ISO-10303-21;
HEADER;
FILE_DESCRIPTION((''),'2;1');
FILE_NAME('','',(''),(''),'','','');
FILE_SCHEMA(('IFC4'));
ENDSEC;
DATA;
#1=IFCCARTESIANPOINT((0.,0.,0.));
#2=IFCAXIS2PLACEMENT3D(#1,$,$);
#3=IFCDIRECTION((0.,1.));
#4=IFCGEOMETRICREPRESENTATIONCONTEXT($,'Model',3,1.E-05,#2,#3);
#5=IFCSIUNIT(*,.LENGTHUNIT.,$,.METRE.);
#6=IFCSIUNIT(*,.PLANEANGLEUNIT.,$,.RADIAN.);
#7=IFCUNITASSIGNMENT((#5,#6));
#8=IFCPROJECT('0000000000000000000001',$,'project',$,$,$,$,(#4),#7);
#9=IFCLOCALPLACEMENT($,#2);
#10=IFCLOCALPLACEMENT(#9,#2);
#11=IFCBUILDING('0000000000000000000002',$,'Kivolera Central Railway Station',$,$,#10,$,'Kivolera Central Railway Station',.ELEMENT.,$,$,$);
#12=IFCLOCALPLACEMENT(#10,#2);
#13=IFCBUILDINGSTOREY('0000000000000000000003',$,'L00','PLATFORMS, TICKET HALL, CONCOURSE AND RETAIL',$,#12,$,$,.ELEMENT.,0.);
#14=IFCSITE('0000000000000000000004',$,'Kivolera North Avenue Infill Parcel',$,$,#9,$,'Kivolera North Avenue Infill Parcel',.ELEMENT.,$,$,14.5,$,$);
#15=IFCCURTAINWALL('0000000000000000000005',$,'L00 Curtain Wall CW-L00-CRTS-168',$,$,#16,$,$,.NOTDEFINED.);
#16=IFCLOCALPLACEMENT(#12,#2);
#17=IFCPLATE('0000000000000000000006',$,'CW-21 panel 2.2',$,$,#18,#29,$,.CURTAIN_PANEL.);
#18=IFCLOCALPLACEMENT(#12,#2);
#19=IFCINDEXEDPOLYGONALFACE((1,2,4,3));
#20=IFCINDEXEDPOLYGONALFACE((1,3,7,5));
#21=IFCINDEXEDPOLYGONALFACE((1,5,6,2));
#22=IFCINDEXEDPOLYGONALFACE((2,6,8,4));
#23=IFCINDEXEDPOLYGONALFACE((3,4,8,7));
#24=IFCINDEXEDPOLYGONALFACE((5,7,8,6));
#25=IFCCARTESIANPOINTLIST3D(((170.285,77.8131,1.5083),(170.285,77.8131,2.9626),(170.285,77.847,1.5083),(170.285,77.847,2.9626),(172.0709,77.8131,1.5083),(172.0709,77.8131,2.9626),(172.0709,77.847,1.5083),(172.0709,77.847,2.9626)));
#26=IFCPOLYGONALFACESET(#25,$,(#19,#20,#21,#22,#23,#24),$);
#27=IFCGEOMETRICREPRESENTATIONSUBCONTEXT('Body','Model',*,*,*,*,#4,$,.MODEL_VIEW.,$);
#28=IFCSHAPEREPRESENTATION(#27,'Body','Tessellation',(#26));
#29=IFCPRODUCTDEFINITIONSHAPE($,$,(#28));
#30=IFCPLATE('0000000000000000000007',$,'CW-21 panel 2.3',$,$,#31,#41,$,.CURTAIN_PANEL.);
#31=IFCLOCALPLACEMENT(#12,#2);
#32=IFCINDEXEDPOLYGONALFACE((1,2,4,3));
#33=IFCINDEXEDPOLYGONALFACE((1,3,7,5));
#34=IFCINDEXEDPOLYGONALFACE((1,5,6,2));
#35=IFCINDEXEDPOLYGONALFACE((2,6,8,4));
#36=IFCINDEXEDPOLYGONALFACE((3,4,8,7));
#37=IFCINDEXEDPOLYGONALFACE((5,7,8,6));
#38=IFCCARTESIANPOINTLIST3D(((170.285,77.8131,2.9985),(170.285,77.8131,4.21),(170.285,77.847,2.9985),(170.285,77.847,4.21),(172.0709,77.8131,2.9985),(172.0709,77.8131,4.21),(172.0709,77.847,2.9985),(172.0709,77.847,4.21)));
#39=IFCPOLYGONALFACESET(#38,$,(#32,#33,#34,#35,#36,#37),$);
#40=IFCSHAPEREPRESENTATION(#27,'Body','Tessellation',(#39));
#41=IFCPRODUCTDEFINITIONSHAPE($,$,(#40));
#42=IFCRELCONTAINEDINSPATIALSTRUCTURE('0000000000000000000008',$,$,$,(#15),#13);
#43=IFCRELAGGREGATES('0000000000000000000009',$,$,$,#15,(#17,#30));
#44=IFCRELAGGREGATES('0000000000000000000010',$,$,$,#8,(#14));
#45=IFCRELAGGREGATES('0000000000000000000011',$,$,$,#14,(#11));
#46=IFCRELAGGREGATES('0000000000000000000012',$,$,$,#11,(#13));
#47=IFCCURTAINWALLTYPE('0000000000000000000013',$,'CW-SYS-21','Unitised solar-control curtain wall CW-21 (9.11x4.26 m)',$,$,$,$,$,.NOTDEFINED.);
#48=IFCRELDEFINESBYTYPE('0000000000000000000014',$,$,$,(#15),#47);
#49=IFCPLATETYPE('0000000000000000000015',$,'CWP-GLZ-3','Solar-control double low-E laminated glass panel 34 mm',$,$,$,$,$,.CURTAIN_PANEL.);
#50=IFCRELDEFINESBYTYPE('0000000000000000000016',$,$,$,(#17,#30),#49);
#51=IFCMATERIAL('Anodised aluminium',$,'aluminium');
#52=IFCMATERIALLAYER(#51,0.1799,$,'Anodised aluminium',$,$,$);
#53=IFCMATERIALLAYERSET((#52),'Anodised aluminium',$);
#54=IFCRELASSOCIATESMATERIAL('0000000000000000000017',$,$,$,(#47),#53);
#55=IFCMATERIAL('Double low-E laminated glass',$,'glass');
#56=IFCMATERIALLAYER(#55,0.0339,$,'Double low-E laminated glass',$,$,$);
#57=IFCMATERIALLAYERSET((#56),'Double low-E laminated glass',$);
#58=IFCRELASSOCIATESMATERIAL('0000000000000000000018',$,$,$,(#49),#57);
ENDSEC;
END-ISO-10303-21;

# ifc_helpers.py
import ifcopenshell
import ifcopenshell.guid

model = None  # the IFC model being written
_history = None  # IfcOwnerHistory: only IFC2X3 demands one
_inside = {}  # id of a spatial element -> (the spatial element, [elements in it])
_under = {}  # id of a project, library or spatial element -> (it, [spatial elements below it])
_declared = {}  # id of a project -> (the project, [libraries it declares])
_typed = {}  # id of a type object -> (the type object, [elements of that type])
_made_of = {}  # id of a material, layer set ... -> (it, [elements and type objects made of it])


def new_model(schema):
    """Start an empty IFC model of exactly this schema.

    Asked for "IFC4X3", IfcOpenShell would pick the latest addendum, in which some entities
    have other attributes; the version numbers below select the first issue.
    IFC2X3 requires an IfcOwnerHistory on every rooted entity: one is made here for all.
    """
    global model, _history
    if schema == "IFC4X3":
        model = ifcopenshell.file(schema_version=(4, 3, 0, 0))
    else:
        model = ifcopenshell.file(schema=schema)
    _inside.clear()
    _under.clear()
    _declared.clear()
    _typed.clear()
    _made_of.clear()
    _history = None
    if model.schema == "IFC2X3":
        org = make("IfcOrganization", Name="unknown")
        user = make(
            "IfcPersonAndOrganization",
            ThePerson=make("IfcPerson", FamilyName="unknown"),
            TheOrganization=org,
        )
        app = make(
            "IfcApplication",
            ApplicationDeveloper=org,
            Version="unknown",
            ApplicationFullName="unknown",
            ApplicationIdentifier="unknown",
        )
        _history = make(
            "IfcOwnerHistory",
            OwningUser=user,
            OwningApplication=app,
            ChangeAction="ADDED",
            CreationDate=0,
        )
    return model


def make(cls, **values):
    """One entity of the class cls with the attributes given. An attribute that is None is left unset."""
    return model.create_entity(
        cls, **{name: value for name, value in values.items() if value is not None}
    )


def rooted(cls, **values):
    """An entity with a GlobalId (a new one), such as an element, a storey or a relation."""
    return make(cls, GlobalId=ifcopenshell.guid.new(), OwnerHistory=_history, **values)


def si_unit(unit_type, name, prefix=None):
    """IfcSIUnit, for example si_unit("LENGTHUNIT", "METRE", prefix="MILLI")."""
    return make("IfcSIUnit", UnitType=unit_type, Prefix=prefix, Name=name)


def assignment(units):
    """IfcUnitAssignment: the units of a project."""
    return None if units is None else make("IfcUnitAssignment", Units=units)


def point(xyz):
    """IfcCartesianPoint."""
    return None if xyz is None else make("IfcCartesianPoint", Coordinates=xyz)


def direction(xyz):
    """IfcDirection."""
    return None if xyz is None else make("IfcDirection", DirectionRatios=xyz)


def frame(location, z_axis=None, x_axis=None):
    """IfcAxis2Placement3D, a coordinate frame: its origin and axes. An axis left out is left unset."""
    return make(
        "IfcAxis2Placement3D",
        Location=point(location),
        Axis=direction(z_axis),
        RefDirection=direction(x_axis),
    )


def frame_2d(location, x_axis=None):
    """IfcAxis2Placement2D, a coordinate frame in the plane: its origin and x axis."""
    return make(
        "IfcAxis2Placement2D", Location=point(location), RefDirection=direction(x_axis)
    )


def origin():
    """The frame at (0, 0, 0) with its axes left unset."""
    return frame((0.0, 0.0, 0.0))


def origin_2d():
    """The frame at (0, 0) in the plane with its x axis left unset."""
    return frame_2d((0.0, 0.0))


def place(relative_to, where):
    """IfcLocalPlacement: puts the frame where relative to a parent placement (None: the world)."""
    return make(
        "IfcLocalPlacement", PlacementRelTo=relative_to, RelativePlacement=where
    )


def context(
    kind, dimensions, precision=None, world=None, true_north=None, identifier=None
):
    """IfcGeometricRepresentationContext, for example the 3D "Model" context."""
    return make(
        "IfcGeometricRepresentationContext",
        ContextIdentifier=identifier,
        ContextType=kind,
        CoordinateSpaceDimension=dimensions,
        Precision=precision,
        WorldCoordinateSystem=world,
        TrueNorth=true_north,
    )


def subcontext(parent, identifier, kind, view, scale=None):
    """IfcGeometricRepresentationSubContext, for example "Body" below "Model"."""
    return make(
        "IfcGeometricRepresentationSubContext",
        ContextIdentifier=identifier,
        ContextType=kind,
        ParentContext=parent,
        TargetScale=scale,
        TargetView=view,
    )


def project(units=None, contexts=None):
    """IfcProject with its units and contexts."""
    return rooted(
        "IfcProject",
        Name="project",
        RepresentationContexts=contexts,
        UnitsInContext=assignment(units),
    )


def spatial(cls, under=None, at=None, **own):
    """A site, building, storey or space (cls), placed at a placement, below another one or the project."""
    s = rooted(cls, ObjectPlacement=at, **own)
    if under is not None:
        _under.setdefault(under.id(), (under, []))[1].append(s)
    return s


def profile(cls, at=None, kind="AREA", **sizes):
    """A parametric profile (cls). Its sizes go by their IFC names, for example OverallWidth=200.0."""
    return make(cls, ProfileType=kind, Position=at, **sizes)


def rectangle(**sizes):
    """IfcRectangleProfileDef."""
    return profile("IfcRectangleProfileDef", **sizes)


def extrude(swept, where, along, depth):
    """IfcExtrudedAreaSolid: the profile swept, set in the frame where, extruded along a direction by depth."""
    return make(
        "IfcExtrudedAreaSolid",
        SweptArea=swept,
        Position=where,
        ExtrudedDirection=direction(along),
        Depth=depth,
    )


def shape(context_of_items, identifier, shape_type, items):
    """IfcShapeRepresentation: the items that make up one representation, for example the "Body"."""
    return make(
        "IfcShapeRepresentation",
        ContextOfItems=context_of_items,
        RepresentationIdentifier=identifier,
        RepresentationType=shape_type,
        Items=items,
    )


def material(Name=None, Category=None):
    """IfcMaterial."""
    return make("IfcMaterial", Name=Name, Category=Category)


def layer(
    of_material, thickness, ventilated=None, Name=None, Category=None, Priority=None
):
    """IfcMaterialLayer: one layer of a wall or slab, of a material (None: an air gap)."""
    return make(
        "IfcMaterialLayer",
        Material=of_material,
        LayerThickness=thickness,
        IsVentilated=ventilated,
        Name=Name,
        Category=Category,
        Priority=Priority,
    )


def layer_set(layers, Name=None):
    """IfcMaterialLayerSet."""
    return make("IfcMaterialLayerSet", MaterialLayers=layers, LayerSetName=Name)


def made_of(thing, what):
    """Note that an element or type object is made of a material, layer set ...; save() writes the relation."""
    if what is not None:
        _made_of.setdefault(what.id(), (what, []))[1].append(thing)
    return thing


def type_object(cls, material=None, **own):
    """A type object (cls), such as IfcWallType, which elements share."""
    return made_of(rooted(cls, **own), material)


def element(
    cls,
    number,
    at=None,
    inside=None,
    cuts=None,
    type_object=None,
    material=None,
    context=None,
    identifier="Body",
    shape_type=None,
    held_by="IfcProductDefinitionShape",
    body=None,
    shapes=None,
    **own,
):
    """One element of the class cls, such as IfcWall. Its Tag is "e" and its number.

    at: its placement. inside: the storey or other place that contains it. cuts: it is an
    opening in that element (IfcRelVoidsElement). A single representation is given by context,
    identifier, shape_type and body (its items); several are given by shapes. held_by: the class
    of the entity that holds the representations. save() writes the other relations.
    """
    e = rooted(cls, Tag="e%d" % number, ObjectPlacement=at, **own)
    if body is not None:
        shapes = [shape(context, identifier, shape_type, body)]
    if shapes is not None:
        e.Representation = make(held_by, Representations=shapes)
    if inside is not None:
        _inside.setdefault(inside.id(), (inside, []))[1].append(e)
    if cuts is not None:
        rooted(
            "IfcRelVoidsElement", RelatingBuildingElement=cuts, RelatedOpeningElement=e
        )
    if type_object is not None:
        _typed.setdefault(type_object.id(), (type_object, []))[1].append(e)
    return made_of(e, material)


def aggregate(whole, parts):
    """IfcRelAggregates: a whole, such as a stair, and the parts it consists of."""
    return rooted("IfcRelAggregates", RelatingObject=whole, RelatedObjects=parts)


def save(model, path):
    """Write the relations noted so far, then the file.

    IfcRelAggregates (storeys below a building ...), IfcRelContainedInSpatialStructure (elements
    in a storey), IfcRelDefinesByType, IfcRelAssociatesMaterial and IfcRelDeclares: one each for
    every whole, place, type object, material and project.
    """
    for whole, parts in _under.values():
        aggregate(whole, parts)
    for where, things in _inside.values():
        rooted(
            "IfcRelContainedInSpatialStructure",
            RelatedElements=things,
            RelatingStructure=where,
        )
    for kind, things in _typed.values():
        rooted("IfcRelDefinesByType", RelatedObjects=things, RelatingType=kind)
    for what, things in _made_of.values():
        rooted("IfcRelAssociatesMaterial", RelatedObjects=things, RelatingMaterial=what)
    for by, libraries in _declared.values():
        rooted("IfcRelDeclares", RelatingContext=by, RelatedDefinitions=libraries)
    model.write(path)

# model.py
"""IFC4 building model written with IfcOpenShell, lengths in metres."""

from ifc_helpers import new_model, si_unit, direction, frame, origin, origin_2d, place, context, subcontext, project, spatial, rectangle, extrude, material, layer, layer_set, type_object, element, aggregate, save


model = new_model("IFC4")

# Units and contexts
model_context = context("Model", 3, precision=1e-05, world=origin(), true_north=direction((0.0, 1.0)))
body_context = subcontext(model_context, "Body", "Model", "MODEL_VIEW")
ifc_project = project(units=[si_unit("LENGTHUNIT", "METRE"), si_unit("PLANEANGLEUNIT", "RADIAN")], contexts=[model_context])

# Site, building, storey
site_placement = place(None, origin())
site = spatial("IfcSite", under=ifc_project, at=site_placement, Name="Kivolera North Avenue Infill Parcel", LongName="Kivolera North Avenue Infill Parcel", CompositionType="ELEMENT", RefElevation=14.5)
building_placement = place(site_placement, origin())
building = spatial("IfcBuilding", under=site, at=building_placement, Name="Kivolera Central Railway Station", LongName="Kivolera Central Railway Station", CompositionType="ELEMENT")
storey_placement = place(building_placement, origin())
storey = spatial("IfcBuildingStorey", under=building, at=storey_placement, Name="L00", Description="PLATFORMS, TICKET HALL, CONCOURSE AND RETAIL", CompositionType="ELEMENT", Elevation=0.0)

# Curtain wall, plates
ifc_material_1 = material(Name="Anodised aluminium", Category="aluminium")
ifc_layer_1 = layer(ifc_material_1, 0.1799, Name="Anodised aluminium")
ifc_layer_set_1 = layer_set([ifc_layer_1], Name="Anodised aluminium")
curtain_wall_type = type_object("IfcCurtainWallType", Name="CW-SYS-21", Description="Unitised solar-control curtain wall CW-21 (9.11x4.26 m)", PredefinedType="NOTDEFINED", material=ifc_layer_set_1)
curtain_wall_placement = place(storey_placement, origin())
curtain_wall = element("IfcCurtainWall", 1, at=curtain_wall_placement, inside=storey, type_object=curtain_wall_type, Name="L00 Curtain Wall CW-L00-CRTS-168", PredefinedType="NOTDEFINED")
ifc_material_2 = material(Name="Double low-E laminated glass", Category="glass")
ifc_layer_2 = layer(ifc_material_2, 0.0339, Name="Double low-E laminated glass")
ifc_layer_set_2 = layer_set([ifc_layer_2], Name="Double low-E laminated glass")
plate_type = type_object("IfcPlateType", Name="CWP-GLZ-3", Description="Solar-control double low-E laminated glass panel 34 mm", PredefinedType="CURTAIN_PANEL", material=ifc_layer_set_2)
plate_1_placement = place(storey_placement, frame((171.178, 77.8301, 1.5083), z_axis=(0.0, 0.0, 1.0), x_axis=(1.0, 0.0, 0.0)))
plate_1 = element("IfcPlate", 2, at=plate_1_placement, type_object=plate_type, Name="CW-21 panel 2.2", PredefinedType="CURTAIN_PANEL", context=body_context, shape_type="SweptSolid", body=[
    extrude(rectangle(XDim=1.7859, YDim=0.0339, at=origin_2d()), origin(), (0.0, 0.0, 1.0), 1.4543),
])
plate_2_placement = place(storey_placement, frame((171.178, 77.8301, 2.9985), z_axis=(0.0, 0.0, 1.0), x_axis=(1.0, 0.0, 0.0)))
plate_2 = element("IfcPlate", 3, at=plate_2_placement, type_object=plate_type, Name="CW-21 panel 2.3", PredefinedType="CURTAIN_PANEL", context=body_context, shape_type="SweptSolid", body=[
    extrude(rectangle(XDim=1.7859, YDim=0.0339, at=origin_2d()), origin(), (0.0, 0.0, 1.0), 1.2114),
])
aggregate(curtain_wall, [plate_1, plate_2])

save(model, "model.ifc")
